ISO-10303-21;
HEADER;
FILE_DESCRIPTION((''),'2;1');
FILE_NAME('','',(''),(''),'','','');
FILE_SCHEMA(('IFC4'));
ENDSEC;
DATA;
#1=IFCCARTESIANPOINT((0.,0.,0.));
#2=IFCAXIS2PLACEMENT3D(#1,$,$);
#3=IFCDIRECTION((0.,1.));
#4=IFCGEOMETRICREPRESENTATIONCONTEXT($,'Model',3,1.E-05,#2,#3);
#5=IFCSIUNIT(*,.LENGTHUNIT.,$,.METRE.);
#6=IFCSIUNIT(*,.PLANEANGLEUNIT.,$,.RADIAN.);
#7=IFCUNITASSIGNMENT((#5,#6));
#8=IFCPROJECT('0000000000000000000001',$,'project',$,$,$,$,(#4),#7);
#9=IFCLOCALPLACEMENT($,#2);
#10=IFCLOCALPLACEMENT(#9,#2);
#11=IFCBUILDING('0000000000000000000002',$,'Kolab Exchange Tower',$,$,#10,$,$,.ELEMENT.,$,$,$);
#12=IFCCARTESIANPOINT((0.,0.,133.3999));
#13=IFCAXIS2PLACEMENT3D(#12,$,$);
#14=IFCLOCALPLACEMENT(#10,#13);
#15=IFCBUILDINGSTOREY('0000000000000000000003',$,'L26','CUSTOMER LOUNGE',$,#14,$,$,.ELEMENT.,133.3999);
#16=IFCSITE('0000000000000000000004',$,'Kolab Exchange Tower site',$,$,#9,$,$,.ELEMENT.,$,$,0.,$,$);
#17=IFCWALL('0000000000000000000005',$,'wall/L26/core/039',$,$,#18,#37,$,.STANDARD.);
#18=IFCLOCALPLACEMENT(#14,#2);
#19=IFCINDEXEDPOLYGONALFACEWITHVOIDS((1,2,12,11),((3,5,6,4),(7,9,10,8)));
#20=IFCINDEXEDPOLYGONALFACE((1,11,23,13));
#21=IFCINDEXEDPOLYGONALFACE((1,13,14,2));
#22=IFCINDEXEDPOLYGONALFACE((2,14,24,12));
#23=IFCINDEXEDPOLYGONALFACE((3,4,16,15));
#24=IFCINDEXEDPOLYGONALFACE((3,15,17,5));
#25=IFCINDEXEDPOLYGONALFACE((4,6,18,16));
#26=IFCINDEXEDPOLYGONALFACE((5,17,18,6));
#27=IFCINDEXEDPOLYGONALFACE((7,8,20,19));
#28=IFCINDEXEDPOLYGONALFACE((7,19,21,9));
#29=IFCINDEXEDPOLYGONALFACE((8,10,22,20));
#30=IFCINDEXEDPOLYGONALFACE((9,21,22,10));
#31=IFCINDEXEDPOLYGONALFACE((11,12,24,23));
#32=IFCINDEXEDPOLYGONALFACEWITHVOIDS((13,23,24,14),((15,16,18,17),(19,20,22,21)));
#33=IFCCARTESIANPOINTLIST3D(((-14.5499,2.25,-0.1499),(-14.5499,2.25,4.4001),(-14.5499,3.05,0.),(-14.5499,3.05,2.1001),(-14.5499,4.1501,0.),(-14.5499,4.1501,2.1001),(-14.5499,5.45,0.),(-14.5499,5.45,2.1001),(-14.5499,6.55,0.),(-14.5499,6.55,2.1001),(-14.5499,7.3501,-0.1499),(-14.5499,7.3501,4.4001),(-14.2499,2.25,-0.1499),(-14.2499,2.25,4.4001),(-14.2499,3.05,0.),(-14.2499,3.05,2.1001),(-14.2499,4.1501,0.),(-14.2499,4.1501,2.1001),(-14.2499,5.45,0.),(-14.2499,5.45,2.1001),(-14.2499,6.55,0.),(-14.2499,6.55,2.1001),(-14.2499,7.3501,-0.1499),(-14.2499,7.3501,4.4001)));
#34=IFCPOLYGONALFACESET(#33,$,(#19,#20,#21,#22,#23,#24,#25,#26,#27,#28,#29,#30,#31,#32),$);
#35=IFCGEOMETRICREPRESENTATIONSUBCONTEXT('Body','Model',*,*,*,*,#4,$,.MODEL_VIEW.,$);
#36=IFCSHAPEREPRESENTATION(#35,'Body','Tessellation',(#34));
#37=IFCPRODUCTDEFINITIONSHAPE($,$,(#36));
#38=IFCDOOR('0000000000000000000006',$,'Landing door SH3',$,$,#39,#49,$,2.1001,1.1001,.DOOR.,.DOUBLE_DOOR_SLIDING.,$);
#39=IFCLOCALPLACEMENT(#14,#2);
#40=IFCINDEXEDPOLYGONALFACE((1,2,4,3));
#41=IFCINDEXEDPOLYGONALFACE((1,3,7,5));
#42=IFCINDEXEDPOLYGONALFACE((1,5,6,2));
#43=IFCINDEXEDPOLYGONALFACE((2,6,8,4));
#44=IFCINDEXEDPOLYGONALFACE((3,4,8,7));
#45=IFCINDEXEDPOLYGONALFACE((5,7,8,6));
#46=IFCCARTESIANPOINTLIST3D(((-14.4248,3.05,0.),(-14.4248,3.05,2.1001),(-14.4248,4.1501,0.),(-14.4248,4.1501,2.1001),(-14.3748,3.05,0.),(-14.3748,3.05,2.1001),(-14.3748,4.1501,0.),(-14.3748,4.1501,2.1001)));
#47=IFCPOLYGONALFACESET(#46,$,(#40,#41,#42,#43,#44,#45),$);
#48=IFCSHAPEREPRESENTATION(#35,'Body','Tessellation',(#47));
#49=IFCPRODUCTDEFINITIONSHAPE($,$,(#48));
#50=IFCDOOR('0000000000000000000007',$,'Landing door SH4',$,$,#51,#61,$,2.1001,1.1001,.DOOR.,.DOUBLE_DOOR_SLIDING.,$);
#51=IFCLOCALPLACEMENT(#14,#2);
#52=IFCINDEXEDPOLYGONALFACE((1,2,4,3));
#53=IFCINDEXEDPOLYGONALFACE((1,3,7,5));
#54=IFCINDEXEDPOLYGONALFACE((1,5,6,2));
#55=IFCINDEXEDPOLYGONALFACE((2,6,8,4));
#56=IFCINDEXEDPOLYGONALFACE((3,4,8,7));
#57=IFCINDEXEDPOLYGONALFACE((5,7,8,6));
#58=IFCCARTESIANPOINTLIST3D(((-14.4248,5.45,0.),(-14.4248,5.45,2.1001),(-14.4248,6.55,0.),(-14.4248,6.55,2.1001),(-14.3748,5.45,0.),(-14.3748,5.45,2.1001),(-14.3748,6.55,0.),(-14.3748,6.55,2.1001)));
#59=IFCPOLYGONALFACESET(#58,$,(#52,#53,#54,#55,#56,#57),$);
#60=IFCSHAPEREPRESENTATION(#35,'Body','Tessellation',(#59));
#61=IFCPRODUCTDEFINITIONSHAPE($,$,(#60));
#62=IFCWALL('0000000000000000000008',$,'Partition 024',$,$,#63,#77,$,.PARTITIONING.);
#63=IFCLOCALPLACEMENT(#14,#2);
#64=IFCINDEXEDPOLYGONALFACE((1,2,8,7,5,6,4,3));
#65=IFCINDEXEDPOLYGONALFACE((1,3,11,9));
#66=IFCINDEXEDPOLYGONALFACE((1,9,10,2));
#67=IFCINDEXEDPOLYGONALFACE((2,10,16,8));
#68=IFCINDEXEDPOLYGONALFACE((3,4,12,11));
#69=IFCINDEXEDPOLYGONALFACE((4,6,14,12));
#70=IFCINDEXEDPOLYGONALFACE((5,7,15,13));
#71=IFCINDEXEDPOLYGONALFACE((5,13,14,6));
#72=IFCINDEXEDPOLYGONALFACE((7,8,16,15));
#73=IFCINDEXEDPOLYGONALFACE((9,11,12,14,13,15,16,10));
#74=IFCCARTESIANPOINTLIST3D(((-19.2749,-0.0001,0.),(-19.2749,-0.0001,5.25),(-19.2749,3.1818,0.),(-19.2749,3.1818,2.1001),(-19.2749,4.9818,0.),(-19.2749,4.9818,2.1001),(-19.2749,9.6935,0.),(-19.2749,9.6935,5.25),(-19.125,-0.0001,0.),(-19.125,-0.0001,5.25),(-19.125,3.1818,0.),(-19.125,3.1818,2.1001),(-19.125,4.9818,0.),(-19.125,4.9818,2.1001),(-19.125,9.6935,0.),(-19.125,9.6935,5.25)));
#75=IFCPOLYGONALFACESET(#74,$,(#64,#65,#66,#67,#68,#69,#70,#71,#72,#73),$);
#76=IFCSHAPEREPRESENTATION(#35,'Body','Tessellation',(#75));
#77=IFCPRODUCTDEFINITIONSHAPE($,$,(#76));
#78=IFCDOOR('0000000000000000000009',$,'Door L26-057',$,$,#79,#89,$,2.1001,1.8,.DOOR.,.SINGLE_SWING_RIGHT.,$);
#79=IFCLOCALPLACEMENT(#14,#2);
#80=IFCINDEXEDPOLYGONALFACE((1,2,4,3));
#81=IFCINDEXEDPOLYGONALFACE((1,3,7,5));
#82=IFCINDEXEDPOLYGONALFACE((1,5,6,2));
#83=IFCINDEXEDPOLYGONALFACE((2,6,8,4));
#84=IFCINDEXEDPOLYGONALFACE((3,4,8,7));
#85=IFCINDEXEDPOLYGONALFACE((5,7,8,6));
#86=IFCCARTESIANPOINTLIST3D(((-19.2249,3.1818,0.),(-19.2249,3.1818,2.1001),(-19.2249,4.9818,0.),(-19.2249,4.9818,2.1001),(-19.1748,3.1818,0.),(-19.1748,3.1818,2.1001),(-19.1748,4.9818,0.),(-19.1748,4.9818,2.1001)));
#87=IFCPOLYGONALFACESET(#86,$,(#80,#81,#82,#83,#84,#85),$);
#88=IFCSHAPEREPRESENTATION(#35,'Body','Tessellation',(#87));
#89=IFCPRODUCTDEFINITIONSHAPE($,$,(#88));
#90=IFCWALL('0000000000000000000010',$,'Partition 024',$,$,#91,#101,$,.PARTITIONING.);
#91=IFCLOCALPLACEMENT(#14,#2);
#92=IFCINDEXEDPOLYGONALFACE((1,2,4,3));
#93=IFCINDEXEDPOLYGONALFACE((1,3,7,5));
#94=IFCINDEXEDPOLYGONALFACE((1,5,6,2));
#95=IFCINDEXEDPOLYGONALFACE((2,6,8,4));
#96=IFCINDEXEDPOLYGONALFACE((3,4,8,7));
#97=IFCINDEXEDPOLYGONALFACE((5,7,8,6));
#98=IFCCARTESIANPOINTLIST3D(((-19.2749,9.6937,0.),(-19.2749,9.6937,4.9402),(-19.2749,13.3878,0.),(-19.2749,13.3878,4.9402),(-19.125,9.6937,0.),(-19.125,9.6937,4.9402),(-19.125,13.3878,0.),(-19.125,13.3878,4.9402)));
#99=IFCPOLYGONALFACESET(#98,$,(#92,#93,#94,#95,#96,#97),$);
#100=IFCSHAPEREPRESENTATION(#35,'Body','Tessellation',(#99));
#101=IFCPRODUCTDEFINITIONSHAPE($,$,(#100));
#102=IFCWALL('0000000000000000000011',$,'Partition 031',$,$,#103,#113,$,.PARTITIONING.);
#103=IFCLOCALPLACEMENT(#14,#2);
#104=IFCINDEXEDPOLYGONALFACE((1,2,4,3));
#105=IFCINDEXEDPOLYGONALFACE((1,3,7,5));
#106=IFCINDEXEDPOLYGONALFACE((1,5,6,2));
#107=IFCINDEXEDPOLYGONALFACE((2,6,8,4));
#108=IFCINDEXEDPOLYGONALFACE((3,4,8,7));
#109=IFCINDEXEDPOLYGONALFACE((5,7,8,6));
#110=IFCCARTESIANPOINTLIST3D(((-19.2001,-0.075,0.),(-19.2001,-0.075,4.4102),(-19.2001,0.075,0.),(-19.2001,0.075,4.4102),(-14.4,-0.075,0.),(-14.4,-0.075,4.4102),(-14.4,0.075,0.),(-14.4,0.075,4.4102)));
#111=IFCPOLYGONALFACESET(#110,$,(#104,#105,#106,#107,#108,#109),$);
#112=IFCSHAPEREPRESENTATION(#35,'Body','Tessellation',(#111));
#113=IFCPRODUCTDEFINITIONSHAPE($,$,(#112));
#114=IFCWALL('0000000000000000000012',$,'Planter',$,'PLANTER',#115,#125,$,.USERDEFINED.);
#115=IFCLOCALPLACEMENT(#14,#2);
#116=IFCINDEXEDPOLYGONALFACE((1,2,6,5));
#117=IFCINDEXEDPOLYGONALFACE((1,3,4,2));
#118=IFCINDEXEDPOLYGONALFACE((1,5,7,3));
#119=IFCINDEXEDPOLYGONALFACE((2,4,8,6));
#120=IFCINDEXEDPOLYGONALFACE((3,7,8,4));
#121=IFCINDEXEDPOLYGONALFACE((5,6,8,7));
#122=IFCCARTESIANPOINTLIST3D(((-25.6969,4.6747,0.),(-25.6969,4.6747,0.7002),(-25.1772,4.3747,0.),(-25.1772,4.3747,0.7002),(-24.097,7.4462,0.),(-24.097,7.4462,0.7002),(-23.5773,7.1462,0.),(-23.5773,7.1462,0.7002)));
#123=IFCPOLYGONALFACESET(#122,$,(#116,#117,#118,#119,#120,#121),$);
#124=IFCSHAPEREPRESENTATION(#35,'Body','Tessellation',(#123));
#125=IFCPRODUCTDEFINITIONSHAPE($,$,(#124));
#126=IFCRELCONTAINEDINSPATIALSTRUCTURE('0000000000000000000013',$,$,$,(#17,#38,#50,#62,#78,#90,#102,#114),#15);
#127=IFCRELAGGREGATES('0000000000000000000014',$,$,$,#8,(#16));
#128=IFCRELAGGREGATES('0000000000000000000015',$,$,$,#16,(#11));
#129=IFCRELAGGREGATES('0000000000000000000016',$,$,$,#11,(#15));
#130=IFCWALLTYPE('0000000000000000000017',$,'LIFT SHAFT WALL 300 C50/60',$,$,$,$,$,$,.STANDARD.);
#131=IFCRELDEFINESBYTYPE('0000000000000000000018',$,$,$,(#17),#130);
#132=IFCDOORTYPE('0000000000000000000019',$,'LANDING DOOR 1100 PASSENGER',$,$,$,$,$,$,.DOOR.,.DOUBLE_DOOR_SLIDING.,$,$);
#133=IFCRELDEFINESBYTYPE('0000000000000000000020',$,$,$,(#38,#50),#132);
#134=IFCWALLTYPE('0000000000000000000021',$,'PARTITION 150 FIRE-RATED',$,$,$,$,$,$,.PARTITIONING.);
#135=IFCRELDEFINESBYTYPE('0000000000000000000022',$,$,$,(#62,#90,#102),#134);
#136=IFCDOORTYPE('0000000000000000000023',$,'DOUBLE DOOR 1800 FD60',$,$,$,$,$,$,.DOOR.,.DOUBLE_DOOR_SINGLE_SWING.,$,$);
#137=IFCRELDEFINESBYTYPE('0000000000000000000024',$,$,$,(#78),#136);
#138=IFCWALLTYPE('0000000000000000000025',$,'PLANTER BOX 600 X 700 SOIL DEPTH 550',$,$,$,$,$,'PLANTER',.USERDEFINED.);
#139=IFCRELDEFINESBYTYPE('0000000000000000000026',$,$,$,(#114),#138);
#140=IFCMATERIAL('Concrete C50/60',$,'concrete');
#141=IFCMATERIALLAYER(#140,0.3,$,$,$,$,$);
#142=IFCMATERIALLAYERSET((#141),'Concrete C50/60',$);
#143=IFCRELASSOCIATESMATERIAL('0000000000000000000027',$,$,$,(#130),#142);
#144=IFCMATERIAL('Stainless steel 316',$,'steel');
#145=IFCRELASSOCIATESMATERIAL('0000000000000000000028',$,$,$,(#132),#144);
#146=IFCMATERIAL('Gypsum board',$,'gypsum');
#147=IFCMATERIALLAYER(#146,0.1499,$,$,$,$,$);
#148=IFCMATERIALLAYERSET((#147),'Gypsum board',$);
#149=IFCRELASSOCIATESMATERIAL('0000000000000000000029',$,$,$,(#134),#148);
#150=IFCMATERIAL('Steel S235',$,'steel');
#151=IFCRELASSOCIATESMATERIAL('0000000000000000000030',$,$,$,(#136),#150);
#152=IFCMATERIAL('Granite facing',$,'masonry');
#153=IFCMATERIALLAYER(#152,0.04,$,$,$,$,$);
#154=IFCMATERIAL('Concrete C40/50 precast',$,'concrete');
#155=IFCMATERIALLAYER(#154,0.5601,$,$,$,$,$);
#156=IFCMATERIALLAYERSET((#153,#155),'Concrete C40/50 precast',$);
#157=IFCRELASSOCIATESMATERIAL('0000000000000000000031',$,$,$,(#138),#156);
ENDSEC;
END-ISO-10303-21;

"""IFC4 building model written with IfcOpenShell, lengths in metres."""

from ifc_helpers import new_model, si_unit, direction, frame, frame_2d, origin, place, context, subcontext, project, spatial, rectangle, extrude, material, layer, layer_set, type_object, element, fill, save


model = new_model("IFC4")

# Units and contexts
model_context = context("Model", 3, precision=1e-05, world=origin(), true_north=direction((0.0, 1.0)))
body_context = subcontext(model_context, "Body", "Model", "MODEL_VIEW")
ifc_project = project(units=[si_unit("LENGTHUNIT", "METRE"), si_unit("PLANEANGLEUNIT", "RADIAN")], contexts=[model_context])

# Site, building, storey
site_placement = place(None, origin())
site = spatial("IfcSite", under=ifc_project, at=site_placement, Name="Kolab Exchange Tower site", CompositionType="ELEMENT", RefElevation=0.0)
building_placement = place(site_placement, origin())
building = spatial("IfcBuilding", under=site, at=building_placement, Name="Kolab Exchange Tower", CompositionType="ELEMENT")
storey_placement = place(building_placement, frame((0.0, 0.0, 133.3999)))
storey = spatial("IfcBuildingStorey", under=building, at=storey_placement, Name="L26", Description="CUSTOMER LOUNGE", CompositionType="ELEMENT", Elevation=133.3999)

# Shared definitions
ifc_material_1 = material(Name="Concrete C50/60", Category="concrete")
ifc_layer_1 = layer(ifc_material_1, 0.3)
ifc_layer_set_1 = layer_set([ifc_layer_1], Name="Concrete C50/60")
wall_type_1 = type_object("IfcWallType", Name="LIFT SHAFT WALL 300 C50/60", PredefinedType="STANDARD", material=ifc_layer_set_1)

# Wall, openings, doors
wall_1_placement = place(storey_placement, frame((-14.3999, 2.25, -0.1499), z_axis=(0.0, 0.0, 1.0), x_axis=(0.0, 1.0, 0.0)))
wall_1 = element("IfcWall", 1, at=wall_1_placement, inside=storey, type_object=wall_type_1, Name="wall/L26/core/039", PredefinedType="STANDARD", context=body_context, shape_type="SweptSolid", body=[
    extrude(rectangle(XDim=5.1001, YDim=0.3, at=frame_2d((2.55, 0.0))), origin(), (0.0, 0.0, 1.0), 4.55),
])
opening_1_placement = place(wall_1_placement, frame((0.8, 0.0, 0.1499)))
opening_1 = element("IfcOpeningElement", 2, at=opening_1_placement, cuts=wall_1, PredefinedType="OPENING", context=body_context, shape_type="SweptSolid", body=[
    extrude(rectangle(XDim=1.1001, YDim=2.1001, at=frame_2d((0.55, 1.05))), frame((0.0, 0.1602, 0.0), z_axis=(0.0, -1.0, 0.0), x_axis=(1.0, 0.0, 0.0)), (0.0, 0.0, 1.0), 0.3201),
])
opening_2_placement = place(wall_1_placement, frame((3.2, 0.0, 0.1499)))
opening_2 = element("IfcOpeningElement", 3, at=opening_2_placement, cuts=wall_1, PredefinedType="OPENING", context=body_context, shape_type="SweptSolid", body=[
    extrude(rectangle(XDim=1.1001, YDim=2.1001, at=frame_2d((0.55, 1.05))), frame((0.0, 0.1602, 0.0), z_axis=(0.0, -1.0, 0.0), x_axis=(1.0, 0.0, 0.0)), (0.0, 0.0, 1.0), 0.3201),
])
ifc_material_2 = material(Name="Stainless steel 316", Category="steel")
door_type_1 = type_object("IfcDoorType", Name="LANDING DOOR 1100 PASSENGER", OperationType="DOUBLE_DOOR_SLIDING", PredefinedType="DOOR", material=ifc_material_2)
door_1_placement = place(opening_1_placement, origin())
door_1 = element("IfcDoor", 4, at=door_1_placement, inside=storey, type_object=door_type_1, Name="Landing door SH3", OperationType="DOUBLE_DOOR_SLIDING", OverallHeight=2.1001, OverallWidth=1.1001, PredefinedType="DOOR", context=body_context, shape_type="SweptSolid", body=[
    extrude(rectangle(XDim=1.1001, YDim=2.1001, at=frame_2d((0.55, 1.05))), frame((0.0, 0.0249, 0.0), z_axis=(0.0, -1.0, 0.0), x_axis=(1.0, 0.0, 0.0)), (0.0, 0.0, 1.0), 0.05),
])
fill(opening_1, door_1)
door_2_placement = place(opening_2_placement, origin())
door_2 = element("IfcDoor", 5, at=door_2_placement, inside=storey, type_object=door_type_1, Name="Landing door SH4", OperationType="DOUBLE_DOOR_SLIDING", OverallHeight=2.1001, OverallWidth=1.1001, PredefinedType="DOOR", context=body_context, shape_type="SweptSolid", body=[
    extrude(rectangle(XDim=1.1001, YDim=2.1001, at=frame_2d((0.55, 1.05))), frame((0.0, 0.0249, 0.0), z_axis=(0.0, -1.0, 0.0), x_axis=(1.0, 0.0, 0.0)), (0.0, 0.0, 1.0), 0.05),
])
fill(opening_2, door_2)

# Wall, opening, door
ifc_material_3 = material(Name="Gypsum board", Category="gypsum")
ifc_layer_2 = layer(ifc_material_3, 0.1499)
ifc_layer_set_2 = layer_set([ifc_layer_2], Name="Gypsum board")
wall_type_2 = type_object("IfcWallType", Name="PARTITION 150 FIRE-RATED", PredefinedType="PARTITIONING", material=ifc_layer_set_2)
wall_2_placement = place(storey_placement, frame((-19.2, 0.0, 0.0), z_axis=(0.0, 0.0, 1.0), x_axis=(0.0, 1.0, 0.0)))
wall_2 = element("IfcWall", 6, at=wall_2_placement, inside=storey, type_object=wall_type_2, Name="Partition 024", PredefinedType="PARTITIONING", context=body_context, shape_type="SweptSolid", body=[
    extrude(rectangle(XDim=9.6936, YDim=0.1499, at=frame_2d((4.8467, 0.0))), origin(), (0.0, 0.0, 1.0), 5.25),
])
opening_3_placement = place(wall_2_placement, frame((3.1819, 0.0, 0.0)))
opening_3 = element("IfcOpeningElement", 7, at=opening_3_placement, cuts=wall_2, PredefinedType="OPENING", context=body_context, shape_type="SweptSolid", body=[
    extrude(rectangle(XDim=1.8, YDim=2.1001, at=frame_2d((0.8999, 1.05))), frame((0.0, 0.085, 0.0), z_axis=(0.0, -1.0, 0.0), x_axis=(1.0, 0.0, 0.0)), (0.0, 0.0, 1.0), 0.1699),
])
ifc_material_4 = material(Name="Steel S235", Category="steel")
door_type_2 = type_object("IfcDoorType", Name="DOUBLE DOOR 1800 FD60", OperationType="DOUBLE_DOOR_SINGLE_SWING", PredefinedType="DOOR", material=ifc_material_4)
door_3_placement = place(opening_3_placement, origin())
door_3 = element("IfcDoor", 8, at=door_3_placement, inside=storey, type_object=door_type_2, Name="Door L26-057", OperationType="SINGLE_SWING_RIGHT", OverallHeight=2.1001, OverallWidth=1.8, PredefinedType="DOOR", context=body_context, shape_type="SweptSolid", body=[
    extrude(rectangle(XDim=1.8, YDim=2.1001, at=frame_2d((0.8999, 1.05))), frame((0.0, 0.0249, 0.0), z_axis=(0.0, -1.0, 0.0), x_axis=(1.0, 0.0, 0.0)), (0.0, 0.0, 1.0), 0.05),
])
fill(opening_3, door_3)

# Walls
wall_3_placement = place(storey_placement, frame((-19.2, 9.6936, 0.0), z_axis=(0.0, 0.0, 1.0), x_axis=(0.0, 1.0, 0.0)))
element("IfcWall", 9, at=wall_3_placement, inside=storey, type_object=wall_type_2, Name="Partition 024", PredefinedType="PARTITIONING", context=body_context, shape_type="SweptSolid", body=[
    extrude(rectangle(XDim=3.6941, YDim=0.1499, at=frame_2d((1.8472, 0.0))), origin(), (0.0, 0.0, 1.0), 4.9402),
])
wall_4_placement = place(storey_placement, frame((-19.2, 0.0, 0.0), z_axis=(0.0, 0.0, 1.0), x_axis=(1.0, 0.0, 0.0)))
element("IfcWall", 10, at=wall_4_placement, inside=storey, type_object=wall_type_2, Name="Partition 031", PredefinedType="PARTITIONING", context=body_context, shape_type="SweptSolid", body=[
    extrude(rectangle(XDim=4.8, YDim=0.1499, at=frame_2d((2.3999, 0.0))), origin(), (0.0, 0.0, 1.0), 4.4102),
])
ifc_material_5 = material(Name="Granite facing", Category="masonry")
ifc_layer_3 = layer(ifc_material_5, 0.04)
ifc_material_6 = material(Name="Concrete C40/50 precast", Category="concrete")
ifc_layer_4 = layer(ifc_material_6, 0.5601)
ifc_layer_set_3 = layer_set([ifc_layer_3, ifc_layer_4], Name="Concrete C40/50 precast")
wall_type_3 = type_object("IfcWallType", Name="PLANTER BOX 600 X 700 SOIL DEPTH 550", ElementType="PLANTER", PredefinedType="USERDEFINED", material=ifc_layer_set_3)
wall_5_placement = place(storey_placement, frame((-25.437, 4.5247, 0.0), z_axis=(0.0, 0.0, 1.0), x_axis=(0.499938, 0.866061, 0.0)))
element("IfcWall", 11, at=wall_5_placement, inside=storey, type_object=wall_type_3, Name="Planter", ObjectType="PLANTER", PredefinedType="USERDEFINED", context=body_context, shape_type="SweptSolid", body=[
    extrude(rectangle(XDim=3.2002, YDim=0.6001, at=frame_2d((1.6001, 0.0))), origin(), (0.0, 0.0, 1.0), 0.7002),
])

save(model, "model.ifc")
